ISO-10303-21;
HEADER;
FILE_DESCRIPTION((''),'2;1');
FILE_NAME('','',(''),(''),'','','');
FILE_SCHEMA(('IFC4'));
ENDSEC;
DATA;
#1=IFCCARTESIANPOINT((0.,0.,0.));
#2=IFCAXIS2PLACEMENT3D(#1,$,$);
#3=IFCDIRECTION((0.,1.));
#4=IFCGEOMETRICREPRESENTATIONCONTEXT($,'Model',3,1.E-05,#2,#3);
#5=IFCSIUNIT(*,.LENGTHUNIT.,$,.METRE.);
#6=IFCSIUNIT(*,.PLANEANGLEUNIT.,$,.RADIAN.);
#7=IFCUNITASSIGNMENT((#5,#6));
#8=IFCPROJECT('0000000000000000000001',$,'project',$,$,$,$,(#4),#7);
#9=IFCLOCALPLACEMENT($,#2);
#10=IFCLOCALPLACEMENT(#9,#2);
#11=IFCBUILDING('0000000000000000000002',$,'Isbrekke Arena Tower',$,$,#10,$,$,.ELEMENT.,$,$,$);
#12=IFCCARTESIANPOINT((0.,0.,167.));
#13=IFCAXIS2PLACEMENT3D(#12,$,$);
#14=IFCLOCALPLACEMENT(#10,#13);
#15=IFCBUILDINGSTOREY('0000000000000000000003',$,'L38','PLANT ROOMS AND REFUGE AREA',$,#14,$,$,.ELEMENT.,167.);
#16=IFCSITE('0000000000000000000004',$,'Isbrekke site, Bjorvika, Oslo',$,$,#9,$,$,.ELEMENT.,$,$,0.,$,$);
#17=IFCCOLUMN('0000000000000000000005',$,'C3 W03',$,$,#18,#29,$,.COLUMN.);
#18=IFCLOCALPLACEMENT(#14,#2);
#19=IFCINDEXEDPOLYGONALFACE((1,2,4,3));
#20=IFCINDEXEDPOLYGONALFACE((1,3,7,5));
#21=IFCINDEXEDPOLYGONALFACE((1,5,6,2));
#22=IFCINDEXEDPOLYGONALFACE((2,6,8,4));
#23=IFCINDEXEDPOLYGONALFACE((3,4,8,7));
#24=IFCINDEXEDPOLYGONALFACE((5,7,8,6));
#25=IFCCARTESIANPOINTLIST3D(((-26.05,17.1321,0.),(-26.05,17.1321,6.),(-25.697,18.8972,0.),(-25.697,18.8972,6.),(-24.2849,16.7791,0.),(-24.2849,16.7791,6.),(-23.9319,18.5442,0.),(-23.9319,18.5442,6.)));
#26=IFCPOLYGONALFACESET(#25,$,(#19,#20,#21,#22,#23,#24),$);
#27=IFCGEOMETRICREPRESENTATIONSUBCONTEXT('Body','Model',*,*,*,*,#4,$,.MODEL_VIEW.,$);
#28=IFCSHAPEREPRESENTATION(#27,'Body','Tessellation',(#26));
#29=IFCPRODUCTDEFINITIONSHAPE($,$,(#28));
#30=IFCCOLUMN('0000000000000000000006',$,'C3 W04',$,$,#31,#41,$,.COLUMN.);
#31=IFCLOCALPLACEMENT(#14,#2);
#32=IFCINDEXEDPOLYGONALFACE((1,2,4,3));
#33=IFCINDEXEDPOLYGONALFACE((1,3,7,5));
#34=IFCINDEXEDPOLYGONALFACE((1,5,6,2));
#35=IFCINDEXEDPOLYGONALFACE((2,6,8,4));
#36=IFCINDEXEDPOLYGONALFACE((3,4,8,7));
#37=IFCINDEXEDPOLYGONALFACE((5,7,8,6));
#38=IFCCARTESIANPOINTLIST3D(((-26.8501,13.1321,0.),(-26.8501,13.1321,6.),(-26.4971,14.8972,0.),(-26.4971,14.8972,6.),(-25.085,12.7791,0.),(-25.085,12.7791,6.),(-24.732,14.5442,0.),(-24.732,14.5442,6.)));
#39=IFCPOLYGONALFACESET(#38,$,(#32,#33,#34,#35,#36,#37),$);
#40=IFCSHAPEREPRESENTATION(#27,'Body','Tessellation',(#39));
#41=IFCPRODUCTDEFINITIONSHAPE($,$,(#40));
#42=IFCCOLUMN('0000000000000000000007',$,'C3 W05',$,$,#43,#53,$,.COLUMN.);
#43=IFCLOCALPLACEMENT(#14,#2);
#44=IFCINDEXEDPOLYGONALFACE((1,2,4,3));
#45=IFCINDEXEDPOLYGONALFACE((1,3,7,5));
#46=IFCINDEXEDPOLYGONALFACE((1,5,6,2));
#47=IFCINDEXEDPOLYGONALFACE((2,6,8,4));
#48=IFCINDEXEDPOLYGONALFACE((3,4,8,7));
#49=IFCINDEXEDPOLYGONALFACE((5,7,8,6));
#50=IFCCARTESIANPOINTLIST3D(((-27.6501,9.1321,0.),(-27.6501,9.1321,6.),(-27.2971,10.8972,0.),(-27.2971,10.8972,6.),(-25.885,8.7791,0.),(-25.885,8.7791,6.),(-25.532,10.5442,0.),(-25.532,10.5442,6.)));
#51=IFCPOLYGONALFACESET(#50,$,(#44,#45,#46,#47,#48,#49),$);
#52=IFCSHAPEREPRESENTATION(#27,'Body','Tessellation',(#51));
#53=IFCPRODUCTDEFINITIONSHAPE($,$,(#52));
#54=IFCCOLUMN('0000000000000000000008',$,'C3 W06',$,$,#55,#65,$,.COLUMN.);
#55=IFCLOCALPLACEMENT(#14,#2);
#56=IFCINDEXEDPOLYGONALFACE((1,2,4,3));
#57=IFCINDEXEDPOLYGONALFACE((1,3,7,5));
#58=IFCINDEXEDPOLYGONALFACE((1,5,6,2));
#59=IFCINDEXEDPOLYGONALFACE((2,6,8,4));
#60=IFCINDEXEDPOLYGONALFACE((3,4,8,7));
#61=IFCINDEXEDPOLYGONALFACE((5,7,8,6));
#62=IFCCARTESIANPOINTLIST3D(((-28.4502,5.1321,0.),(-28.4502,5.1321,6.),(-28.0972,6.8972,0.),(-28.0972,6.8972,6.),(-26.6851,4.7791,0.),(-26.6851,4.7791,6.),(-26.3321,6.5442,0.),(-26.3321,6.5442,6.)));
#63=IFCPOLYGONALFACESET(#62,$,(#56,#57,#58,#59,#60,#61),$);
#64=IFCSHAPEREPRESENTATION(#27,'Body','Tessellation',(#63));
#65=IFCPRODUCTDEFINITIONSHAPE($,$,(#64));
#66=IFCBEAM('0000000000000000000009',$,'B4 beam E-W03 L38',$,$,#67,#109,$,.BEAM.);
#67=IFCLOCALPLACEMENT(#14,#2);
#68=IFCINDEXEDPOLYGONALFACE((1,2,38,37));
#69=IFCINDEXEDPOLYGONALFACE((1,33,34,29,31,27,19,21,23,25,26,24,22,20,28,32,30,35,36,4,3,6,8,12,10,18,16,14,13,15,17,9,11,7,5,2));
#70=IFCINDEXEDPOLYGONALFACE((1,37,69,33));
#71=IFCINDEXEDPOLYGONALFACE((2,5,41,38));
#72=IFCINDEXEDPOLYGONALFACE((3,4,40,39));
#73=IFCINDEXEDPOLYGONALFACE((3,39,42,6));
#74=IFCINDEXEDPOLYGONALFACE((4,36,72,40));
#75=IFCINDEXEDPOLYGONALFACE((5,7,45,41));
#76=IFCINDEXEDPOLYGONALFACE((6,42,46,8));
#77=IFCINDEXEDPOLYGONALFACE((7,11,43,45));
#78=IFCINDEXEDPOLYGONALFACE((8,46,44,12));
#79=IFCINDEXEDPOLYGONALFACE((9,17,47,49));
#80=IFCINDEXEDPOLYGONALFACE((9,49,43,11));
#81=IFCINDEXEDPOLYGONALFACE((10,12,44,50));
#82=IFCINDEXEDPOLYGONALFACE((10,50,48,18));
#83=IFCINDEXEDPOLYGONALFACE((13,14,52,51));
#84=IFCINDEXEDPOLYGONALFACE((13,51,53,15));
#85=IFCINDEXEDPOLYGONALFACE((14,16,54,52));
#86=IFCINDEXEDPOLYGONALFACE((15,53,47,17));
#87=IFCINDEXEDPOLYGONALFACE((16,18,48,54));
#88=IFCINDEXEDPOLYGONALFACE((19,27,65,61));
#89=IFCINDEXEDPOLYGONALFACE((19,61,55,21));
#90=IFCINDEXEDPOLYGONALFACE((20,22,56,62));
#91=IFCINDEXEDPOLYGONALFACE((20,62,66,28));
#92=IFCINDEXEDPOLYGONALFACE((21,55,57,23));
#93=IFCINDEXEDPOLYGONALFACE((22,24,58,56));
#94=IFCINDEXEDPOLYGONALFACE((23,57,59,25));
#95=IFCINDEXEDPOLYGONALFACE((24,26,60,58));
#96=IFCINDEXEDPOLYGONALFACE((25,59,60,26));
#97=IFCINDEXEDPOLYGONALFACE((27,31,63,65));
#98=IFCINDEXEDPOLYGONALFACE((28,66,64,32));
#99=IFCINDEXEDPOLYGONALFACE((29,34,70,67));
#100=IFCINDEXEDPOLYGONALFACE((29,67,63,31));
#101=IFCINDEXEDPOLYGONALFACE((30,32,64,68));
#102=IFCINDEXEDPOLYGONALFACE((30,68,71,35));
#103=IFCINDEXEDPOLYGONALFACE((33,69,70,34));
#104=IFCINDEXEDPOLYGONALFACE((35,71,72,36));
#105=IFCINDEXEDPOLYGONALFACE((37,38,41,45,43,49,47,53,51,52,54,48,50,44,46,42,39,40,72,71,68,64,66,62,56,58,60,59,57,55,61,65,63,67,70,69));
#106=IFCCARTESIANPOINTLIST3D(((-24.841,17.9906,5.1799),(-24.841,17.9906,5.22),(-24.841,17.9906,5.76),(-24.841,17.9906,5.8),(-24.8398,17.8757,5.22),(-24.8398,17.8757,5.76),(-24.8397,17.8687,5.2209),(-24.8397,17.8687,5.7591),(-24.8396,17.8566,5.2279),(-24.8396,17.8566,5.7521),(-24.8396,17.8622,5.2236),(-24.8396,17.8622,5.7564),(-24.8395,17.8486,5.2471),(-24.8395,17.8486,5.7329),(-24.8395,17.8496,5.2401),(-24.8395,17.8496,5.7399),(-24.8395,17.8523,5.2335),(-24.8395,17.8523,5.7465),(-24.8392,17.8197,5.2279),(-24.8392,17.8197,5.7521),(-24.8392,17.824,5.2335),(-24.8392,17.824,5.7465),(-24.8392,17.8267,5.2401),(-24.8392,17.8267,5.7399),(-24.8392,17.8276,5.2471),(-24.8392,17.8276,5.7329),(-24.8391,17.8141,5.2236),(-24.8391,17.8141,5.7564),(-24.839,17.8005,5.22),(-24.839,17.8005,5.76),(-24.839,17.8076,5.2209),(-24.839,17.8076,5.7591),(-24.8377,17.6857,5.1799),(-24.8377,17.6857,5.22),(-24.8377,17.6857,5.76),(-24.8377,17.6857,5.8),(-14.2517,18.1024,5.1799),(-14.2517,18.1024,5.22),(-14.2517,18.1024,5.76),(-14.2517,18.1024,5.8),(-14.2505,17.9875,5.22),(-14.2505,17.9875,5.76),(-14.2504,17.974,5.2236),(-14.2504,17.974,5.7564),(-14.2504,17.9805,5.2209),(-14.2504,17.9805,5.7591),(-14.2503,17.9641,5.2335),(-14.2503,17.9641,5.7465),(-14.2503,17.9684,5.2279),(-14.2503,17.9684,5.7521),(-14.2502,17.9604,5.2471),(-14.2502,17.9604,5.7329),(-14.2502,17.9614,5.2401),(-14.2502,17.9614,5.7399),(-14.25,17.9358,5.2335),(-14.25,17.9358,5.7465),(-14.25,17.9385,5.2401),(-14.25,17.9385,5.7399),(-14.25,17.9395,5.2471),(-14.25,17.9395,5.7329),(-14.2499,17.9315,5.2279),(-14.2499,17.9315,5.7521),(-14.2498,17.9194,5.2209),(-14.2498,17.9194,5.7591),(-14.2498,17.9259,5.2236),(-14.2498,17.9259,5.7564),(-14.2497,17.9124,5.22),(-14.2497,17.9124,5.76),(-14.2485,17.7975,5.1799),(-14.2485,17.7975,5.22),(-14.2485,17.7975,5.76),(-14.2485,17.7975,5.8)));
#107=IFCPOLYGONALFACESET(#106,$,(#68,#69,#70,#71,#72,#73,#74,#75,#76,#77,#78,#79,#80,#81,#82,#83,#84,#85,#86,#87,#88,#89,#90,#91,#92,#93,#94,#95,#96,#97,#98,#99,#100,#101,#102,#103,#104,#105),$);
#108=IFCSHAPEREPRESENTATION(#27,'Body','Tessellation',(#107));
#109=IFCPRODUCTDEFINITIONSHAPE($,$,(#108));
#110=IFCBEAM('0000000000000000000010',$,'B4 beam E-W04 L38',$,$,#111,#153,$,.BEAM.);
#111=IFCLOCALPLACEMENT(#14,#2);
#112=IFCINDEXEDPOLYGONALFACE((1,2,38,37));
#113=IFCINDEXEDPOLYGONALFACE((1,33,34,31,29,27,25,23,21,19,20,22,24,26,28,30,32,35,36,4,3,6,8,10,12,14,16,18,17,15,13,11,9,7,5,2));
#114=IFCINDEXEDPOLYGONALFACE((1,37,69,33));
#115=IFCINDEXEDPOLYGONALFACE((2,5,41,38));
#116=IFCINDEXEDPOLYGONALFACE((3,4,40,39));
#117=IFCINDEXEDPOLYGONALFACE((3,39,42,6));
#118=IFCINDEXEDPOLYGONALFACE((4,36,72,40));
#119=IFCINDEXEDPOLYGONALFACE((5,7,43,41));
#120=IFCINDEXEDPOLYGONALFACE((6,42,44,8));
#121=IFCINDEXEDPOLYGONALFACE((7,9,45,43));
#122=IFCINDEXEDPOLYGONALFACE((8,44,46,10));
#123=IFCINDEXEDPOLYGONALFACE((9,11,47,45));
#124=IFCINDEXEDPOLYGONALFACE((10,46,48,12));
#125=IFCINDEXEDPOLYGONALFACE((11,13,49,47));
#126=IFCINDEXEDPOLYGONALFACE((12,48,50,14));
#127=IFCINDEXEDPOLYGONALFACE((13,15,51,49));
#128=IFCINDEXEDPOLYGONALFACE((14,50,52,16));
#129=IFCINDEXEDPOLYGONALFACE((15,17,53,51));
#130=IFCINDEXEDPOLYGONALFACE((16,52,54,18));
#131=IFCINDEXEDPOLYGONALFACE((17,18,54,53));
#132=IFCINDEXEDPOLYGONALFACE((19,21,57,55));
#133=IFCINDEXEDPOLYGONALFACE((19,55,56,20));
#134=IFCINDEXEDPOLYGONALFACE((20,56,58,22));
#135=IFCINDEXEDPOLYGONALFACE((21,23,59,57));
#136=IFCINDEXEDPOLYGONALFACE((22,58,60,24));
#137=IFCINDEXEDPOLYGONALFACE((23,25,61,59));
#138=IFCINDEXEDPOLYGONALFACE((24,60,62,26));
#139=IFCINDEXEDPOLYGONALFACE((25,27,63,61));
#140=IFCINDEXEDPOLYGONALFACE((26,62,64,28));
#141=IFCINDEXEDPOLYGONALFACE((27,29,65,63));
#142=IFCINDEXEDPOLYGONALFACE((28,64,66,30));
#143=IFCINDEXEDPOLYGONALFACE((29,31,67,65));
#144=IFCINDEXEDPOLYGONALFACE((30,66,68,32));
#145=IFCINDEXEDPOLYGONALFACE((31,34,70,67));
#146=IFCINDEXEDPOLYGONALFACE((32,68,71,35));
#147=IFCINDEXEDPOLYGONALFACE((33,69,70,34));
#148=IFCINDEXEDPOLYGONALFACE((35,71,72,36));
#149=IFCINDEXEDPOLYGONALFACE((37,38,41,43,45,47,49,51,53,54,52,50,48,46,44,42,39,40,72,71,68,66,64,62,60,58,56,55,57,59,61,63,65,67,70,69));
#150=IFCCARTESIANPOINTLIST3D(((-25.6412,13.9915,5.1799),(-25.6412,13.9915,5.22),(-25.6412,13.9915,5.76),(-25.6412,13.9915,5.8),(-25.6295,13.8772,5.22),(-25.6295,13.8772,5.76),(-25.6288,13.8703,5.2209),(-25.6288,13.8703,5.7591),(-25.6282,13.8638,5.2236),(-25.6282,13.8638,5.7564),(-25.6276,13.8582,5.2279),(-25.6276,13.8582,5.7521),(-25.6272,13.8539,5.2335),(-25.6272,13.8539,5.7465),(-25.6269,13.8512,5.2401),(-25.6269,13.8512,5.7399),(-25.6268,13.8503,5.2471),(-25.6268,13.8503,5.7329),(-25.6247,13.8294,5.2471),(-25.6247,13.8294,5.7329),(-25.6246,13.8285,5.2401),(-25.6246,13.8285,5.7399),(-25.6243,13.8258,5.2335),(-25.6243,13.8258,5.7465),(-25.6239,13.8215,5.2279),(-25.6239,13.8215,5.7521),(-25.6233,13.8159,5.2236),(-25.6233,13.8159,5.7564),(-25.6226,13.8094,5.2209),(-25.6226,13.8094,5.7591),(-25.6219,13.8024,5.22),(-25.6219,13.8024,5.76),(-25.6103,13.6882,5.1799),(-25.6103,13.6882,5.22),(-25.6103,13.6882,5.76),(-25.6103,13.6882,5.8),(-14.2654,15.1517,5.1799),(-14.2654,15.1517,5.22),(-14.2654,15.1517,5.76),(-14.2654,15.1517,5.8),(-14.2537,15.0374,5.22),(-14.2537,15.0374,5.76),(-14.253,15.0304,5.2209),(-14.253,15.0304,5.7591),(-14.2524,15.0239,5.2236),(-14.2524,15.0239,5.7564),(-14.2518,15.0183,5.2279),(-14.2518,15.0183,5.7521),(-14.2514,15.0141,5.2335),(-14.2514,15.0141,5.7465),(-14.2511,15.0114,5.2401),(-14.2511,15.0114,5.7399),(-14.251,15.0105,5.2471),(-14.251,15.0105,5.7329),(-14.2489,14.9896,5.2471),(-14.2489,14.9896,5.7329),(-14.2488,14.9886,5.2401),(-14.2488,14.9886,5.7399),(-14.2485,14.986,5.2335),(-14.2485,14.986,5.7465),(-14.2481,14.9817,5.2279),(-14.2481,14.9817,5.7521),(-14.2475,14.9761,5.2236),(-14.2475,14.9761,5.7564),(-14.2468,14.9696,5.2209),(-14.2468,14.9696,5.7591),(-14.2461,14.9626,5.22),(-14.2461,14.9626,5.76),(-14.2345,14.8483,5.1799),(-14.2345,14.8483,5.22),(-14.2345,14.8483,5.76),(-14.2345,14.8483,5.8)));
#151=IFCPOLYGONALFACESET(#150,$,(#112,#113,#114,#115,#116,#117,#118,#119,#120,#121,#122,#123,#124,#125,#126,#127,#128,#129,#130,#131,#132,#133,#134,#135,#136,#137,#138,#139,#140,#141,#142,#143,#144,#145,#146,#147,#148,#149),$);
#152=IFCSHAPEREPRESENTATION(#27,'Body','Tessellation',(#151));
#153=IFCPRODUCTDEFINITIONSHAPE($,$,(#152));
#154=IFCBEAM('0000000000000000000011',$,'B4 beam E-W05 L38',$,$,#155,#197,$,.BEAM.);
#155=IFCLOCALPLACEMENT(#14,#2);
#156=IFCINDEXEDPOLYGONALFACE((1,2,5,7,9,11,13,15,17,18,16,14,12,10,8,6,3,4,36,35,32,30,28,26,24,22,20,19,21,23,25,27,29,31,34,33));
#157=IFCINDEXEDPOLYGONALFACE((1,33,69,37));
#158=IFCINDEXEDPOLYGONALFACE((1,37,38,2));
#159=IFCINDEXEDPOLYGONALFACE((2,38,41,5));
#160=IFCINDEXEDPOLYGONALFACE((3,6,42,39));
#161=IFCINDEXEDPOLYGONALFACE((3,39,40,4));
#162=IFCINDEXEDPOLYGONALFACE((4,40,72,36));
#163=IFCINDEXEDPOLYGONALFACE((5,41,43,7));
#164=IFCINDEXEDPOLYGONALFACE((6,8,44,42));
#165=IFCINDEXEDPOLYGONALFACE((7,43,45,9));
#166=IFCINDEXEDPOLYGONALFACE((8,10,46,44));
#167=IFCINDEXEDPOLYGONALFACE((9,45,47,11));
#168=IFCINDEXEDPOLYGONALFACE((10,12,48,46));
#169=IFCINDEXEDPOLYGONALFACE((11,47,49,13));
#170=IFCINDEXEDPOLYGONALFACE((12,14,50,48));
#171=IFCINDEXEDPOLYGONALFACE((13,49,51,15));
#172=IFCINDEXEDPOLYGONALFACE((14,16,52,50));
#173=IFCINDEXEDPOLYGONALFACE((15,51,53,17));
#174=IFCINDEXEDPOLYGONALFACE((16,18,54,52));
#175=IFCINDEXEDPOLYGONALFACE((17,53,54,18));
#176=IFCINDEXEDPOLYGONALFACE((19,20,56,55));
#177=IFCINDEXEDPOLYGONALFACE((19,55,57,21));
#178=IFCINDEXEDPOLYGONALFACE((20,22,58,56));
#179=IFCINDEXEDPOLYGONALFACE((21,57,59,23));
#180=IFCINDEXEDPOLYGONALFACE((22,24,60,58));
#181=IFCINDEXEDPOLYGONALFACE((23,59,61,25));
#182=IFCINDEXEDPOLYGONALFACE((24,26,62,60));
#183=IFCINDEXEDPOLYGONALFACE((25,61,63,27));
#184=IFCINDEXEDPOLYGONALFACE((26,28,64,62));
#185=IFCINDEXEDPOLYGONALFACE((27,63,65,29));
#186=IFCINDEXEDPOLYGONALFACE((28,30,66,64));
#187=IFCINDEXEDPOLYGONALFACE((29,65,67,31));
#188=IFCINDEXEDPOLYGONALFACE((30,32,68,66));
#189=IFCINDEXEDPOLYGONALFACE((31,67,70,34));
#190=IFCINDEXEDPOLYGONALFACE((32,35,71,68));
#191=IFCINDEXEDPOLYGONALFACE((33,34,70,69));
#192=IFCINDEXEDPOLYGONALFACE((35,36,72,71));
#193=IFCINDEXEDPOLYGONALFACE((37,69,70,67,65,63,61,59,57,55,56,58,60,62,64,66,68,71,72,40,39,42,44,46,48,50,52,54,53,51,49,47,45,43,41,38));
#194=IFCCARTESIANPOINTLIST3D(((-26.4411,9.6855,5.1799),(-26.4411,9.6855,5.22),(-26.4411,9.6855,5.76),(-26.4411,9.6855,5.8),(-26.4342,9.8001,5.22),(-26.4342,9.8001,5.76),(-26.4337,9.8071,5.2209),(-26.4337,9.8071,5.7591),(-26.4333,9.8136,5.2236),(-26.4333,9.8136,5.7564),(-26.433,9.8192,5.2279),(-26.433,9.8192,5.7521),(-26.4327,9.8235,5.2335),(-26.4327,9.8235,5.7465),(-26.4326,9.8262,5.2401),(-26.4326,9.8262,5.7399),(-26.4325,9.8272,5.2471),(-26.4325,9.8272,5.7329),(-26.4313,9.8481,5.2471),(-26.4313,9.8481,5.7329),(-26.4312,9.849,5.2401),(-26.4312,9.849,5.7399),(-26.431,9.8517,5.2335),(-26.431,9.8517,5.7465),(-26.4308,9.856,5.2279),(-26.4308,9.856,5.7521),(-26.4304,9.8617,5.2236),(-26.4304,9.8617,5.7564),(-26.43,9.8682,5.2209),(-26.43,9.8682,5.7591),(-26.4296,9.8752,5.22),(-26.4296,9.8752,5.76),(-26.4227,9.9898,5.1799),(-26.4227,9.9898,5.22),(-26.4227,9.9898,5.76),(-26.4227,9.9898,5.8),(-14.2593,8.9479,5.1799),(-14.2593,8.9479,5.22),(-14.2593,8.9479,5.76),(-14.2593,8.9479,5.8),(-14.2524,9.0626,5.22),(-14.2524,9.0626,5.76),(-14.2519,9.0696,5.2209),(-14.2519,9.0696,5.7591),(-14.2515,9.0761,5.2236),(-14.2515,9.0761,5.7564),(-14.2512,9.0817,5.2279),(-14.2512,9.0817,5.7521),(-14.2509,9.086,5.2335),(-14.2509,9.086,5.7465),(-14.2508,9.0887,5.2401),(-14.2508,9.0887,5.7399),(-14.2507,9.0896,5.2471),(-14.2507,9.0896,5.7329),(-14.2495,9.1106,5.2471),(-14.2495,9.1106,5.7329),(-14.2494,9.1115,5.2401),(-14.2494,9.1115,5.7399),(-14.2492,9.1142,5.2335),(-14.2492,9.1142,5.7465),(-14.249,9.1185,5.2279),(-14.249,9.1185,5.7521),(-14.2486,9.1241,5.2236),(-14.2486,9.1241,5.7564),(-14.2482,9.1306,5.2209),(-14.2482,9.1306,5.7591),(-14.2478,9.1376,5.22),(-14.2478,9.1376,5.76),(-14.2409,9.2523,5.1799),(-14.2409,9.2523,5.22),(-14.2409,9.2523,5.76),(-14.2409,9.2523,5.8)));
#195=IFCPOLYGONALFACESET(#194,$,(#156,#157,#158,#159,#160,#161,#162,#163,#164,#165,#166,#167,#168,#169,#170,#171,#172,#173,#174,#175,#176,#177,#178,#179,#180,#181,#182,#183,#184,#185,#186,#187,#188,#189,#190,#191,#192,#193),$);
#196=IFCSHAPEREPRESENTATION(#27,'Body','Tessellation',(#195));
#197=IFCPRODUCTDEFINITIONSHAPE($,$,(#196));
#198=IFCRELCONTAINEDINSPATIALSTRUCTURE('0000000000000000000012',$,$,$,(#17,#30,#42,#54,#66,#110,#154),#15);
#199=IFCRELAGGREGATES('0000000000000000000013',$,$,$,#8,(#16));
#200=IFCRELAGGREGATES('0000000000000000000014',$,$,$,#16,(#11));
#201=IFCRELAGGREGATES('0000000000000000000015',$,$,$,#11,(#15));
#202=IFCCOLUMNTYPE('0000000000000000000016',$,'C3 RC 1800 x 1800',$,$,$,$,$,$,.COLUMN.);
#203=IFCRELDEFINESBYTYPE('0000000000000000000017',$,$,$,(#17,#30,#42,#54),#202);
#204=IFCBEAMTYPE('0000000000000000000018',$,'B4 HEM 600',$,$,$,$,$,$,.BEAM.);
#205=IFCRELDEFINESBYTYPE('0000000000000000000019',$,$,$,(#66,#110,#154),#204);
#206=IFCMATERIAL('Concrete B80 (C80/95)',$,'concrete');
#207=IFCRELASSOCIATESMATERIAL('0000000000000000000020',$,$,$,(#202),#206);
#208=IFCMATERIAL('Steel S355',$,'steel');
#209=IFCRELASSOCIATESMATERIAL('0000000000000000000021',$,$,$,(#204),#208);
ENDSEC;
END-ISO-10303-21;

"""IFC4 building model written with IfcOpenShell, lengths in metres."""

from ifc_helpers import new_model, si_unit, direction, frame, origin, origin_2d, place, context, subcontext, project, spatial, rectangle, i_section, extrude, material, material_profile, profile_set, type_object, element, save


model = new_model("IFC4")

# Units and contexts
model_context = context("Model", 3, precision=1e-05, world=origin(), true_north=direction((0.0, 1.0)))
body_context = subcontext(model_context, "Body", "Model", "MODEL_VIEW")
ifc_project = project(units=[si_unit("LENGTHUNIT", "METRE"), si_unit("PLANEANGLEUNIT", "RADIAN")], contexts=[model_context])

# Site, building, storey
site_placement = place(None, origin())
site = spatial("IfcSite", under=ifc_project, at=site_placement, Name="Isbrekke site, Bjorvika, Oslo", CompositionType="ELEMENT", RefElevation=0.0)
building_placement = place(site_placement, origin())
building = spatial("IfcBuilding", under=site, at=building_placement, Name="Isbrekke Arena Tower", CompositionType="ELEMENT")
storey_placement = place(building_placement, frame((0.0, 0.0, 167.0)))
storey = spatial("IfcBuildingStorey", under=building, at=storey_placement, Name="L38", Description="PLANT ROOMS AND REFUGE AREA", CompositionType="ELEMENT", Elevation=167.0)

# Columns
ifc_material_1 = material(Name="Concrete B80 (C80/95)", Category="concrete")
ifc_material_profile_1 = material_profile(ifc_material_1, rectangle(XDim=1.8, YDim=1.8, at=origin_2d()), Name="RC 1800x1800")
ifc_profile_set_1 = profile_set([ifc_material_profile_1], Name="Concrete B80 (C80/95)")
column_type = type_object("IfcColumnType", Name="C3 RC 1800 x 1800", PredefinedType="COLUMN", material=ifc_profile_set_1)
for number, where, z_axis, x_axis, name in (
    (1, (-24.991, 17.8381, 0.0), (0.0, 0.0, 1.0), (-0.196116, -0.980581, 0.0), "C3 W03"),
    (2, (-25.791, 13.8381, 0.0), (0.0, 0.0, 1.0), (-0.196116, -0.980581, 0.0), "C3 W04"),
    (3, (-26.5911, 9.8381, 0.0), (0.0, 0.0, 1.0), (-0.196116, -0.980581, 0.0), "C3 W05"),
    (4, (-27.3911, 5.8381, 0.0), (0.0, 0.0, 1.0), (-0.196116, -0.980581, 0.0), "C3 W06"),
):
    element("IfcColumn", number, at=place(storey_placement, frame(where, z_axis=z_axis, x_axis=x_axis)), inside=storey, type_object=column_type, Name=name, PredefinedType="COLUMN", context=body_context, shape_type="SweptSolid", body=[
        extrude(rectangle(XDim=1.8, YDim=1.8, at=origin_2d()), origin(), (0.0, 0.0, 1.0), 6.0),
    ])

# Beams
ifc_material_2 = material(Name="Steel S355", Category="steel")
ifc_material_profile_2 = material_profile(ifc_material_2, i_section(OverallWidth=0.3049, OverallDepth=0.6201, WebThickness=0.021, FlangeThickness=0.04, FilletRadius=0.0271, at=origin_2d()), Name="HEM 600")
ifc_profile_set_2 = profile_set([ifc_material_profile_2], Name="Steel S355")
beam_type_1 = type_object("IfcBeamType", Name="B4 HEM 600", PredefinedType="BEAM", material=ifc_profile_set_2)
beam_1_placement = place(storey_placement, frame((-24.8394, 17.8381, 5.49), z_axis=(0.999944, 0.010559, 0.0), x_axis=(-0.010559, 0.999944, 0.0)))
element("IfcBeam", 5, at=beam_1_placement, inside=storey, type_object=beam_type_1, Name="B4 beam E-W03 L38", PredefinedType="BEAM", context=body_context, shape_type="SweptSolid", body=[
    extrude(i_section(OverallWidth=0.3049, OverallDepth=0.6201, WebThickness=0.021, FlangeThickness=0.04, FilletRadius=0.0271, at=origin_2d()), origin(), (0.0, 0.0, 1.0), 10.5898),
])
beam_2_placement = place(storey_placement, frame((-25.6257, 13.8398, 5.49), z_axis=(0.99484, 0.101459, 0.0), x_axis=(-0.101459, 0.99484, 0.0)))
element("IfcBeam", 6, at=beam_2_placement, inside=storey, type_object=beam_type_1, Name="B4 beam E-W04 L38", PredefinedType="BEAM", context=body_context, shape_type="SweptSolid", body=[
    extrude(i_section(OverallWidth=0.3049, OverallDepth=0.6201, WebThickness=0.021, FlangeThickness=0.04, FilletRadius=0.0271, at=origin_2d()), origin(), (0.0, 0.0, 1.0), 11.4348),
])
beam_3_placement = place(storey_placement, frame((-26.4319, 9.8376, 5.49), z_axis=(0.998172, -0.060434, 0.0), x_axis=(0.060434, 0.998172, 0.0)))
element("IfcBeam", 7, at=beam_3_placement, inside=storey, type_object=beam_type_1, Name="B4 beam E-W05 L38", PredefinedType="BEAM", context=body_context, shape_type="SweptSolid", body=[
    extrude(i_section(OverallWidth=0.3049, OverallDepth=0.6201, WebThickness=0.021, FlangeThickness=0.04, FilletRadius=0.0271, at=origin_2d()), origin(), (0.0, 0.0, 1.0), 12.2041),
])

save(model, "model.ifc")
